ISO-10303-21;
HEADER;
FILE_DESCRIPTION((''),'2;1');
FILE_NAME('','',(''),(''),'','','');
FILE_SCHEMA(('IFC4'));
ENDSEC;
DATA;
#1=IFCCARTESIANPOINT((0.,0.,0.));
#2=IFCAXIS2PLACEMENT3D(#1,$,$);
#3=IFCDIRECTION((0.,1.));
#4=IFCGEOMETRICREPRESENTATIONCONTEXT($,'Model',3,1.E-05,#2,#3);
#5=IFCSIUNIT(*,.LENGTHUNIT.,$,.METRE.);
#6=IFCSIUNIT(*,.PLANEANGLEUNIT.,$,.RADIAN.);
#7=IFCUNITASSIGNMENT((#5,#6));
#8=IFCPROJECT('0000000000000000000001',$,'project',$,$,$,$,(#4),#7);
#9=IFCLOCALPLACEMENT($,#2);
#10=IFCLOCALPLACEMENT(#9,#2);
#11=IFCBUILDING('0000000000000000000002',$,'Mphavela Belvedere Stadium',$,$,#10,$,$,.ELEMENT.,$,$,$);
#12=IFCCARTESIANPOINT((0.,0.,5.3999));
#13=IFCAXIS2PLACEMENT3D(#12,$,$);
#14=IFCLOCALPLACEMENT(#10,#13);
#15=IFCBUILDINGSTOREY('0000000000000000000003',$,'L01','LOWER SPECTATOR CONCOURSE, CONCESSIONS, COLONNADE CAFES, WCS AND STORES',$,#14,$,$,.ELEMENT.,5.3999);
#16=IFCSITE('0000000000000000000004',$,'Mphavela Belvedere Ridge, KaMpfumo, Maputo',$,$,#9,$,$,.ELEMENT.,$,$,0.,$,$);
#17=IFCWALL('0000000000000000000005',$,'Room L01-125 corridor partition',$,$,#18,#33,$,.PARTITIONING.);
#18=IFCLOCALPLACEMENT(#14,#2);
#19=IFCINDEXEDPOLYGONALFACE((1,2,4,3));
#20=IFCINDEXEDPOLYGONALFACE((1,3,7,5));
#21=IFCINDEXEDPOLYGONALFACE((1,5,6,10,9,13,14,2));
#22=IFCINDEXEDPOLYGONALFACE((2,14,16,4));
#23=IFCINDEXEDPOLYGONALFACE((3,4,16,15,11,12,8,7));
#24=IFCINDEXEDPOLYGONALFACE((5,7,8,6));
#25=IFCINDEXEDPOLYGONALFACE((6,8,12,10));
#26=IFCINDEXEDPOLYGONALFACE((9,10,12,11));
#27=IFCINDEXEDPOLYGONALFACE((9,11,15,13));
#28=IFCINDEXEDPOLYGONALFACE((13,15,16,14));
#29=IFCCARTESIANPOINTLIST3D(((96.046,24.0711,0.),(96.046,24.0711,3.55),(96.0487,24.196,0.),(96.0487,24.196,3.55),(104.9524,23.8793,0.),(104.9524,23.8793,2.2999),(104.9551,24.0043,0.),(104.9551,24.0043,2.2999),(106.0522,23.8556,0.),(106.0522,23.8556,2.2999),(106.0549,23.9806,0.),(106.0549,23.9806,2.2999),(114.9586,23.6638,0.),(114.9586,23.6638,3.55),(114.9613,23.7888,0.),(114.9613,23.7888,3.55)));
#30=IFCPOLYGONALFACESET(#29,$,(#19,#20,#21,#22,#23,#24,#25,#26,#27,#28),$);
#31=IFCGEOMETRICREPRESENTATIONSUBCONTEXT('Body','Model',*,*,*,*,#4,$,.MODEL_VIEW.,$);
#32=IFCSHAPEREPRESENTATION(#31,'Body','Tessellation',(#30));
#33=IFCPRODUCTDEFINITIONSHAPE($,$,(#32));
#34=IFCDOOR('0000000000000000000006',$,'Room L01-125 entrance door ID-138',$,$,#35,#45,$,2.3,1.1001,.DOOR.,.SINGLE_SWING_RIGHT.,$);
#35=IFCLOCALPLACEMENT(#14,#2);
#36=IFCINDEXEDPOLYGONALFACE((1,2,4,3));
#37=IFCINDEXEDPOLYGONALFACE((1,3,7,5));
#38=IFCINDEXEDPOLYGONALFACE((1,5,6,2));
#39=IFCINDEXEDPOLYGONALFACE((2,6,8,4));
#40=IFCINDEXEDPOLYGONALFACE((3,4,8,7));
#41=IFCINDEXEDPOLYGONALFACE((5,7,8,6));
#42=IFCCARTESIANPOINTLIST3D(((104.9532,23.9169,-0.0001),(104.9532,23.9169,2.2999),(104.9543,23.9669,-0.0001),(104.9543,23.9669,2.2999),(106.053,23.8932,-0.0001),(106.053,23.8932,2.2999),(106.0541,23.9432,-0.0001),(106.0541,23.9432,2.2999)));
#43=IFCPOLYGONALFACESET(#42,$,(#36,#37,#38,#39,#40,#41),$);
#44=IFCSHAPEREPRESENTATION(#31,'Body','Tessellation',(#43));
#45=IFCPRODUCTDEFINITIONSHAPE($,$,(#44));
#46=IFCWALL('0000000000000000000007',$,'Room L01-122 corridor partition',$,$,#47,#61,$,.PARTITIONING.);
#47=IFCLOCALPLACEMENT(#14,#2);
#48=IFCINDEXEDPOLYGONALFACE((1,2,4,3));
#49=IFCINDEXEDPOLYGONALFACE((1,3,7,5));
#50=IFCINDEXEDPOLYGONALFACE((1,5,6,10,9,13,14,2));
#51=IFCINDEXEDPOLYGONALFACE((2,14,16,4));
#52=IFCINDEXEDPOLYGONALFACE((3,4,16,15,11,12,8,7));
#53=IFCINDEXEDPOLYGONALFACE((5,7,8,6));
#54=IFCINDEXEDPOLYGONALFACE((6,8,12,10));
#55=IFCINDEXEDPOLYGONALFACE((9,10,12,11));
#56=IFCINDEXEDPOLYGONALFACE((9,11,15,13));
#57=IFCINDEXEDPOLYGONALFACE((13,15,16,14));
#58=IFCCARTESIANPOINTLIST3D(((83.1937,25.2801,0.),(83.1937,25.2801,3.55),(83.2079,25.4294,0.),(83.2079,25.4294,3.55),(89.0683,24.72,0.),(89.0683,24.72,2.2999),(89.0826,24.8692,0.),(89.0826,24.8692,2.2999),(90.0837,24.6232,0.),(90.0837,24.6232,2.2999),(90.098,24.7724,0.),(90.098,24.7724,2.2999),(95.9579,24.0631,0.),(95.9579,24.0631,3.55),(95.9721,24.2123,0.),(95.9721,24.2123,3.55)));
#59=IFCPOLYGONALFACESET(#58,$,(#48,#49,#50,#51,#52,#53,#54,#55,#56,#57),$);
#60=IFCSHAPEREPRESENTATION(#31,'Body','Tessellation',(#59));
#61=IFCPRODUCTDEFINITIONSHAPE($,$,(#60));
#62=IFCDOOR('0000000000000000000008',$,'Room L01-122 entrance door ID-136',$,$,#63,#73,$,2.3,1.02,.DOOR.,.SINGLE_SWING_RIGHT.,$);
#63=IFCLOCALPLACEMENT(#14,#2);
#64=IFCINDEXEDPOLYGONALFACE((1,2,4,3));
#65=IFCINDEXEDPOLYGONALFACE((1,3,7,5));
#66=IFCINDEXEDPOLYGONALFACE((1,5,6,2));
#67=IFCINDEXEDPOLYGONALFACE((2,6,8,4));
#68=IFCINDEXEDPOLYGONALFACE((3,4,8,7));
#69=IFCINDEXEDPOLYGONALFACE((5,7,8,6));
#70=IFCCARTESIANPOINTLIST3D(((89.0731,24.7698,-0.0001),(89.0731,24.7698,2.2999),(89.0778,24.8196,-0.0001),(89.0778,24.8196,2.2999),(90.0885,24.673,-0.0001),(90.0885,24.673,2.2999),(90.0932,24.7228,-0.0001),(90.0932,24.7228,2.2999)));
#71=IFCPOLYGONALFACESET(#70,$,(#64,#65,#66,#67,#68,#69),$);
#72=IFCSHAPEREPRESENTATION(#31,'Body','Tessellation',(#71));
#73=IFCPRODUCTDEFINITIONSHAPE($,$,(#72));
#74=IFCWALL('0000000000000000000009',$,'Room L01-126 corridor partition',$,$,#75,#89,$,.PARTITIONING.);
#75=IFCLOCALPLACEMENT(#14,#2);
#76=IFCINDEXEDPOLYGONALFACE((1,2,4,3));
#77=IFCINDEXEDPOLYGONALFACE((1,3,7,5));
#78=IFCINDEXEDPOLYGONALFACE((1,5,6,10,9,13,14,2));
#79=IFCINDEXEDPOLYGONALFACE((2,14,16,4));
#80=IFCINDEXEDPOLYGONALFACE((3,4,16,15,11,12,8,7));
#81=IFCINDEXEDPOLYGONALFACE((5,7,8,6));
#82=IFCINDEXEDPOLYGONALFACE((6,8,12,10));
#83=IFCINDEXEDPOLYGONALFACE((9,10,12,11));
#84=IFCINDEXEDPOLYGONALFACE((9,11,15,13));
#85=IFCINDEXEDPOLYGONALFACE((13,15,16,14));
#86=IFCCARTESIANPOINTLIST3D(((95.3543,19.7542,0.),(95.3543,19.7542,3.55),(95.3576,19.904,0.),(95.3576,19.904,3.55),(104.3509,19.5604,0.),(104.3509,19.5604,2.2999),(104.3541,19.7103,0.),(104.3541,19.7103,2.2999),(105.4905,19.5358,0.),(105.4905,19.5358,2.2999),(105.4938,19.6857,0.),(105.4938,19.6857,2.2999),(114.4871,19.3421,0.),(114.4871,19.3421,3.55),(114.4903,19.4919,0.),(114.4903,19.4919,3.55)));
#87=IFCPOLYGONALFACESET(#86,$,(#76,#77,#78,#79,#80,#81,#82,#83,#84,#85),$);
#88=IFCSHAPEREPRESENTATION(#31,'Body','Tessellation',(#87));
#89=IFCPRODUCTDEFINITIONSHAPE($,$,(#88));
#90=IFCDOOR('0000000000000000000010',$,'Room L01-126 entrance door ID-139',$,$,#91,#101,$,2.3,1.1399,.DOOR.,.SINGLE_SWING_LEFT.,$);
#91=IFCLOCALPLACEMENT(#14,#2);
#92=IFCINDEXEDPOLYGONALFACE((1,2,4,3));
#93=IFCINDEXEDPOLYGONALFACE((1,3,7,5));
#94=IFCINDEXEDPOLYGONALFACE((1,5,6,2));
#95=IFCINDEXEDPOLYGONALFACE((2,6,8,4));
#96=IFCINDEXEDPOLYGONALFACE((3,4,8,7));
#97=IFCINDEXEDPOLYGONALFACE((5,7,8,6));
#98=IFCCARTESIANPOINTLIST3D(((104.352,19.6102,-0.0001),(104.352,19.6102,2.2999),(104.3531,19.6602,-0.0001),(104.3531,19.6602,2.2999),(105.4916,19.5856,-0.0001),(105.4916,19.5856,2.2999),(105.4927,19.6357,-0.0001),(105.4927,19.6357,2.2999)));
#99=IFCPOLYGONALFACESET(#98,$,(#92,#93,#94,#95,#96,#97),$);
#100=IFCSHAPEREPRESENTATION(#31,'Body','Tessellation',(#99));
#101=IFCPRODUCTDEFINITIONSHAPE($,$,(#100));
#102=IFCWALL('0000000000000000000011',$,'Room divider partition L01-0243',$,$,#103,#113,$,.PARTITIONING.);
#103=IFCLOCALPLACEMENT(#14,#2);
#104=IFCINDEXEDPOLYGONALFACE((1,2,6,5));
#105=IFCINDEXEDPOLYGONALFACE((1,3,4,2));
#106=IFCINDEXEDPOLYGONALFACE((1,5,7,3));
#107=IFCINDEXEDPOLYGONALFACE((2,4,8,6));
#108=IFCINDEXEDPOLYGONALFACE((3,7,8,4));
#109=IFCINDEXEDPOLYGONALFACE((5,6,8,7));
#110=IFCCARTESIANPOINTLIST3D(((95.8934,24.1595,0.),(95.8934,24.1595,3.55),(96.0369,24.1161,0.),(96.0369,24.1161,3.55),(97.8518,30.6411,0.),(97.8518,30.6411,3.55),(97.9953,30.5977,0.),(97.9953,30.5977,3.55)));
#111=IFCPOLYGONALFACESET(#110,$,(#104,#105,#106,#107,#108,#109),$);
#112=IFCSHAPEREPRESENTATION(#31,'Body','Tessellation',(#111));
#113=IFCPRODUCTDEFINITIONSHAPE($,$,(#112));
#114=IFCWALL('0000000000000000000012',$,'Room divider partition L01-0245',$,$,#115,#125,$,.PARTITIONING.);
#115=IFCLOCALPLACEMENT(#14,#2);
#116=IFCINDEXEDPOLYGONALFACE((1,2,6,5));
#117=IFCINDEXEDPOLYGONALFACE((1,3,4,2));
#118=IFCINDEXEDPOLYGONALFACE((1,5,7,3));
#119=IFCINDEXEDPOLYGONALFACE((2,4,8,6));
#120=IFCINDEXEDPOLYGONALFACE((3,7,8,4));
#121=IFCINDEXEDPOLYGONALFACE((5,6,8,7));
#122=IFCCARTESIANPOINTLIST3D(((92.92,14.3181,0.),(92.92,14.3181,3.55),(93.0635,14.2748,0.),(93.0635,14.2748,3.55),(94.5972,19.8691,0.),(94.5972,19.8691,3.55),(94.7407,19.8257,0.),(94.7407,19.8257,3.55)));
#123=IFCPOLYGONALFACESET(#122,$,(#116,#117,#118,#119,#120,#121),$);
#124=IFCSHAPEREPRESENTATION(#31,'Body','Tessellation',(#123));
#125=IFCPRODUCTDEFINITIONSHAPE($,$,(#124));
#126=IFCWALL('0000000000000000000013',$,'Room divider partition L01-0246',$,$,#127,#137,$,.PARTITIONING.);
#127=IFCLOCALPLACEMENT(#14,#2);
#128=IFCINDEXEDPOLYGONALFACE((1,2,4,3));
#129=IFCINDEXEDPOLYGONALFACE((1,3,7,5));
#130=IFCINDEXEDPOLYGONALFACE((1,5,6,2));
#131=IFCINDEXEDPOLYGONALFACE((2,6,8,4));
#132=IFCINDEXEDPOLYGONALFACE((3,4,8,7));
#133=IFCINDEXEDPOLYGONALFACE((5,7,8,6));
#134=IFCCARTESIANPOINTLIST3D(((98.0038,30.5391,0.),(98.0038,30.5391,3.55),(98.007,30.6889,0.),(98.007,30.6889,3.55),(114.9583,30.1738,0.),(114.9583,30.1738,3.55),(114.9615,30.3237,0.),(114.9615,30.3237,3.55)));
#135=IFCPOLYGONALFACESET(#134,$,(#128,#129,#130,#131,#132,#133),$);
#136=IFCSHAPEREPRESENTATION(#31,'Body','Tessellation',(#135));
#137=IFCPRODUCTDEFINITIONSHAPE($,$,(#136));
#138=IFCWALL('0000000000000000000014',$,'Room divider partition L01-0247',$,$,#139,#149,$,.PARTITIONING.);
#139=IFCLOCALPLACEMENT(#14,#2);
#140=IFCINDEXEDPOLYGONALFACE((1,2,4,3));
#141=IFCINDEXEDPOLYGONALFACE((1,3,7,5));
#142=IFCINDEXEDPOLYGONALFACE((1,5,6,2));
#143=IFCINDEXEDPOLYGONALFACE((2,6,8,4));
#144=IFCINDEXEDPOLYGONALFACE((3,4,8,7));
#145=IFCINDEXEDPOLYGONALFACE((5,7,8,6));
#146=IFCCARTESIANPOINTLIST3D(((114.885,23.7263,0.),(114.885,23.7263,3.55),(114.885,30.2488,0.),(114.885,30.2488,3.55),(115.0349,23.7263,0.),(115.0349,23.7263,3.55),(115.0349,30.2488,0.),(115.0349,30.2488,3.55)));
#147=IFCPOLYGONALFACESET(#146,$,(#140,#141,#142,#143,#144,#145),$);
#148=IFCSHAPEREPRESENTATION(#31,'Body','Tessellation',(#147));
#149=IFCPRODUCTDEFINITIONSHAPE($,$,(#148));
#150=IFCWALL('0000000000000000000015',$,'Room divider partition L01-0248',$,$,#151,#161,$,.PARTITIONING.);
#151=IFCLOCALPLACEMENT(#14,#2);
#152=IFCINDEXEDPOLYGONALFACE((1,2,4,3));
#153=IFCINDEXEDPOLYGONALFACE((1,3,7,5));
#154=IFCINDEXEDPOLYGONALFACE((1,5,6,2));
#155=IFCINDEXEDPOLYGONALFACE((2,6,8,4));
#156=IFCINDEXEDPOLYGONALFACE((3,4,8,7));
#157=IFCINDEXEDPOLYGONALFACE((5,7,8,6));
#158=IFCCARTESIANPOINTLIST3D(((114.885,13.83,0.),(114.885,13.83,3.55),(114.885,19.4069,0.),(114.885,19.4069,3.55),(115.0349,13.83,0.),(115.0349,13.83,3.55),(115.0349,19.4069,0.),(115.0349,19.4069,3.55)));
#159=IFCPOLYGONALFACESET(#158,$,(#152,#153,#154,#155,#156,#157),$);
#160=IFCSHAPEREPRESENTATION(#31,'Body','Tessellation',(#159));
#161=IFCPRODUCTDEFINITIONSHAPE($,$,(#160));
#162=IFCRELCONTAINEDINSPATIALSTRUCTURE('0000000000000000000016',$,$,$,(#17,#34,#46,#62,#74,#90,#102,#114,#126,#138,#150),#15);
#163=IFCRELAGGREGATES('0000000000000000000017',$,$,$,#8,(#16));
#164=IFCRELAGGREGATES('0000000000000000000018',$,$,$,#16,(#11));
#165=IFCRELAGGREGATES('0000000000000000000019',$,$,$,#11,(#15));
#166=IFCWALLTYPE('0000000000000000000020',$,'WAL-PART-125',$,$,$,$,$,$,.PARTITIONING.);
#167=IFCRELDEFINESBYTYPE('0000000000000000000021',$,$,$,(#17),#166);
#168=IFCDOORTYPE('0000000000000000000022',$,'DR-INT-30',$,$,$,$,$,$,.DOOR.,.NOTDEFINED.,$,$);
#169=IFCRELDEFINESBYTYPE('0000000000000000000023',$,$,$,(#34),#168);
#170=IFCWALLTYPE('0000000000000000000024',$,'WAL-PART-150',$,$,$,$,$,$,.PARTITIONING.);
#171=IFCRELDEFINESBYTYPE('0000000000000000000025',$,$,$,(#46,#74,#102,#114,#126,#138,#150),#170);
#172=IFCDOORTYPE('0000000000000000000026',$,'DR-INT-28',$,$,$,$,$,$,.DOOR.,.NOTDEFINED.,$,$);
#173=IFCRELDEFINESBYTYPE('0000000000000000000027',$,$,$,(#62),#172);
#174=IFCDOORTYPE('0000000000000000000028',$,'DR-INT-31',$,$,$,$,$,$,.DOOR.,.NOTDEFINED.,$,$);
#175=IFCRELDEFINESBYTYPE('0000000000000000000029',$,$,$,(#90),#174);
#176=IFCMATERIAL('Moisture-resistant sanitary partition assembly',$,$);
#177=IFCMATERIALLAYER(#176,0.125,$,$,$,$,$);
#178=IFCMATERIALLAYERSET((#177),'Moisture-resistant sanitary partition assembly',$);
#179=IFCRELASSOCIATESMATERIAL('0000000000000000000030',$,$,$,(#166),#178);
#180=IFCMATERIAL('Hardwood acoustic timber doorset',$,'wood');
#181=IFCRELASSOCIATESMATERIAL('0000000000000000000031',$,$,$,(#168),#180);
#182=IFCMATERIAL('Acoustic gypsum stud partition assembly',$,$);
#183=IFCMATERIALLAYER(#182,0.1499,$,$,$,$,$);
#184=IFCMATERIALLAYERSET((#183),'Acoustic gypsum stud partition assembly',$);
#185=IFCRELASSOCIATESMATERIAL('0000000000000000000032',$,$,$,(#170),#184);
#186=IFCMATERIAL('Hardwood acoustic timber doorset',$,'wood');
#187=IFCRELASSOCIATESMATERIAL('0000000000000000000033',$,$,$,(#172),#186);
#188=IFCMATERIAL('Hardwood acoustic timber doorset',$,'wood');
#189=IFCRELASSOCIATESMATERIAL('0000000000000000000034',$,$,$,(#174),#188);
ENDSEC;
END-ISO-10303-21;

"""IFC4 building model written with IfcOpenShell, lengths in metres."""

from ifc_helpers import new_model, si_unit, direction, frame, frame_2d, origin, place, context, subcontext, project, spatial, rectangle, extrude, material, layer, layer_set, type_object, element, fill, save


model = new_model("IFC4")

# Units and contexts
model_context = context("Model", 3, precision=1e-05, world=origin(), true_north=direction((0.0, 1.0)))
body_context = subcontext(model_context, "Body", "Model", "MODEL_VIEW")
ifc_project = project(units=[si_unit("LENGTHUNIT", "METRE"), si_unit("PLANEANGLEUNIT", "RADIAN")], contexts=[model_context])

# Site, building, storey
site_placement = place(None, origin())
site = spatial("IfcSite", under=ifc_project, at=site_placement, Name="Mphavela Belvedere Ridge, KaMpfumo, Maputo", CompositionType="ELEMENT", RefElevation=0.0)
building_placement = place(site_placement, origin())
building = spatial("IfcBuilding", under=site, at=building_placement, Name="Mphavela Belvedere Stadium", CompositionType="ELEMENT")
storey_placement = place(building_placement, frame((0.0, 0.0, 5.3999)))
storey = spatial("IfcBuildingStorey", under=building, at=storey_placement, Name="L01", Description="LOWER SPECTATOR CONCOURSE, CONCESSIONS, COLONNADE CAFES, WCS AND STORES", CompositionType="ELEMENT", Elevation=5.3999)

# Walls, openings, doors
ifc_material_1 = material(Name="Moisture-resistant sanitary partition assembly")
ifc_layer_1 = layer(ifc_material_1, 0.125)
ifc_layer_set_1 = layer_set([ifc_layer_1], Name="Moisture-resistant sanitary partition assembly")
wall_type_1 = type_object("IfcWallType", Name="WAL-PART-125", PredefinedType="PARTITIONING", material=ifc_layer_set_1)
wall_1_placement = place(storey_placement, frame((114.96, 23.7263, 0.0), z_axis=(0.0, 0.0, 1.0), x_axis=(-0.999768, 0.021527, 0.0)))
wall_1 = element("IfcWall", 1, at=wall_1_placement, inside=storey, type_object=wall_type_1, Name="Room L01-125 corridor partition", PredefinedType="PARTITIONING", context=body_context, shape_type="SweptSolid", body=[
    extrude(rectangle(XDim=18.917, YDim=0.125, at=frame_2d((9.4585, 0.0))), origin(), (0.0, 0.0, 1.0), 3.55),
])
opening_1_placement = place(wall_1_placement, frame((8.9084, 0.0, 0.0)))
opening_1 = element("IfcOpeningElement", 2, at=opening_1_placement, cuts=wall_1, PredefinedType="OPENING", context=body_context, shape_type="SweptSolid", body=[
    extrude(rectangle(XDim=1.1001, YDim=2.3, at=frame_2d((0.55, 1.1499))), frame((0.0, 0.0725, 0.0), z_axis=(0.0, -1.0, 0.0), x_axis=(1.0, 0.0, 0.0)), (0.0, 0.0, 1.0), 0.145),
])
ifc_material_2 = material(Name="Hardwood acoustic timber doorset", Category="wood")
door_type_1 = type_object("IfcDoorType", Name="DR-INT-30", OperationType="NOTDEFINED", PredefinedType="DOOR", material=ifc_material_2)
door_1_placement = place(opening_1_placement, origin())
door_1 = element("IfcDoor", 3, at=door_1_placement, inside=storey, type_object=door_type_1, Name="Room L01-125 entrance door ID-138", OperationType="SINGLE_SWING_RIGHT", OverallHeight=2.3, OverallWidth=1.1001, PredefinedType="DOOR", context=body_context, shape_type="SweptSolid", body=[
    extrude(rectangle(XDim=1.1001, YDim=2.3, at=frame_2d((0.55, 1.1499))), frame((0.0, 0.0249, 0.0), z_axis=(0.0, -1.0, 0.0), x_axis=(1.0, 0.0, 0.0)), (0.0, 0.0, 1.0), 0.05),
])
fill(opening_1, door_1)
ifc_material_3 = material(Name="Acoustic gypsum stud partition assembly")
ifc_layer_2 = layer(ifc_material_3, 0.1499)
ifc_layer_set_2 = layer_set([ifc_layer_2], Name="Acoustic gypsum stud partition assembly")
wall_type_2 = type_object("IfcWallType", Name="WAL-PART-150", PredefinedType="PARTITIONING", material=ifc_layer_set_2)
wall_2_placement = place(storey_placement, frame((95.9651, 24.1377, 0.0), z_axis=(0.0, 0.0, 1.0), x_axis=(-0.995485, 0.094918, 0.0)))
wall_2 = element("IfcWall", 4, at=wall_2_placement, inside=storey, type_object=wall_type_2, Name="Room L01-122 corridor partition", PredefinedType="PARTITIONING", context=body_context, shape_type="SweptSolid", body=[
    extrude(rectangle(XDim=12.822, YDim=0.1499, at=frame_2d((6.4111, 0.0))), origin(), (0.0, 0.0, 1.0), 3.55),
])
opening_2_placement = place(wall_2_placement, frame((5.9009, 0.0, 0.0)))
opening_2 = element("IfcOpeningElement", 5, at=opening_2_placement, cuts=wall_2, PredefinedType="OPENING", context=body_context, shape_type="SweptSolid", body=[
    extrude(rectangle(XDim=1.02, YDim=2.3, at=frame_2d((0.51, 1.1499))), frame((0.0, 0.085, 0.0), z_axis=(0.0, -1.0, 0.0), x_axis=(1.0, 0.0, 0.0)), (0.0, 0.0, 1.0), 0.1699),
])
ifc_material_4 = material(Name="Hardwood acoustic timber doorset", Category="wood")
door_type_2 = type_object("IfcDoorType", Name="DR-INT-28", OperationType="NOTDEFINED", PredefinedType="DOOR", material=ifc_material_4)
door_2_placement = place(opening_2_placement, origin())
door_2 = element("IfcDoor", 6, at=door_2_placement, inside=storey, type_object=door_type_2, Name="Room L01-122 entrance door ID-136", OperationType="SINGLE_SWING_RIGHT", OverallHeight=2.3, OverallWidth=1.02, PredefinedType="DOOR", context=body_context, shape_type="SweptSolid", body=[
    extrude(rectangle(XDim=1.02, YDim=2.3, at=frame_2d((0.51, 1.1499))), frame((0.0, 0.0249, 0.0), z_axis=(0.0, -1.0, 0.0), x_axis=(1.0, 0.0, 0.0)), (0.0, 0.0, 1.0), 0.05),
])
fill(opening_2, door_2)
wall_3_placement = place(storey_placement, frame((95.356, 19.8291, 0.0), z_axis=(0.0, 0.0, 1.0), x_axis=(0.999768, -0.021534, 0.0)))
wall_3 = element("IfcWall", 7, at=wall_3_placement, inside=storey, type_object=wall_type_2, Name="Room L01-126 corridor partition", PredefinedType="PARTITIONING", context=body_context, shape_type="SweptSolid", body=[
    extrude(rectangle(XDim=19.1372, YDim=0.1499, at=frame_2d((9.5686, 0.0))), origin(), (0.0, 0.0, 1.0), 3.55),
])
opening_3_placement = place(wall_3_placement, frame((8.9988, 0.0, 0.0)))
opening_3 = element("IfcOpeningElement", 8, at=opening_3_placement, cuts=wall_3, PredefinedType="OPENING", context=body_context, shape_type="SweptSolid", body=[
    extrude(rectangle(XDim=1.1399, YDim=2.3, at=frame_2d((0.5698, 1.1499))), frame((0.0, 0.085, 0.0), z_axis=(0.0, -1.0, 0.0), x_axis=(1.0, 0.0, 0.0)), (0.0, 0.0, 1.0), 0.1699),
])
ifc_material_5 = material(Name="Hardwood acoustic timber doorset", Category="wood")
door_type_3 = type_object("IfcDoorType", Name="DR-INT-31", OperationType="NOTDEFINED", PredefinedType="DOOR", material=ifc_material_5)
door_3_placement = place(opening_3_placement, origin())
door_3 = element("IfcDoor", 9, at=door_3_placement, inside=storey, type_object=door_type_3, Name="Room L01-126 entrance door ID-139", OperationType="SINGLE_SWING_LEFT", OverallHeight=2.3, OverallWidth=1.1399, PredefinedType="DOOR", context=body_context, shape_type="SweptSolid", body=[
    extrude(rectangle(XDim=1.1399, YDim=2.3, at=frame_2d((0.5698, 1.1499))), frame((0.0, 0.0249, 0.0), z_axis=(0.0, -1.0, 0.0), x_axis=(1.0, 0.0, 0.0)), (0.0, 0.0, 1.0), 0.05),
])
fill(opening_3, door_3)

# Walls
wall_4_placement = place(storey_placement, frame((97.9236, 30.6194, 0.0), z_axis=(0.0, 0.0, 1.0), x_axis=(-0.289243, -0.957256, 0.0)))
element("IfcWall", 10, at=wall_4_placement, inside=storey, type_object=wall_type_2, Name="Room divider partition L01-0243", PredefinedType="PARTITIONING", context=body_context, shape_type="SweptSolid", body=[
    extrude(rectangle(XDim=6.771, YDim=0.1499, at=frame_2d((3.3855, 0.0))), origin(), (0.0, 0.0, 1.0), 3.55),
])
wall_5_placement = place(storey_placement, frame((94.6689, 19.8474, 0.0), z_axis=(0.0, 0.0, 1.0), x_axis=(-0.289236, -0.957258, 0.0)))
element("IfcWall", 11, at=wall_5_placement, inside=storey, type_object=wall_type_2, Name="Room divider partition L01-0245", PredefinedType="PARTITIONING", context=body_context, shape_type="SweptSolid", body=[
    extrude(rectangle(XDim=5.7988, YDim=0.1499, at=frame_2d((2.8994, 0.0))), origin(), (0.0, 0.0, 1.0), 3.55),
])
wall_6_placement = place(storey_placement, frame((98.0054, 30.614, 0.0), z_axis=(0.0, 0.0, 1.0), x_axis=(0.999768, -0.021537, 0.0)))
element("IfcWall", 12, at=wall_6_placement, inside=storey, type_object=wall_type_2, Name="Room divider partition L01-0246", PredefinedType="PARTITIONING", context=body_context, shape_type="SweptSolid", body=[
    extrude(rectangle(XDim=16.9585, YDim=0.1499, at=frame_2d((8.4792, 0.0))), origin(), (0.0, 0.0, 1.0), 3.55),
])
wall_7_placement = place(storey_placement, frame((114.96, 30.2488, 0.0), z_axis=(0.0, 0.0, 1.0), x_axis=(0.0, -1.0, 0.0)))
element("IfcWall", 13, at=wall_7_placement, inside=storey, type_object=wall_type_2, Name="Room divider partition L01-0247", PredefinedType="PARTITIONING", context=body_context, shape_type="SweptSolid", body=[
    extrude(rectangle(XDim=6.5225, YDim=0.1499, at=frame_2d((3.2612, 0.0))), origin(), (0.0, 0.0, 1.0), 3.55),
])
wall_8_placement = place(storey_placement, frame((114.96, 19.407, 0.0), z_axis=(0.0, 0.0, 1.0), x_axis=(0.0, -1.0, 0.0)))
element("IfcWall", 14, at=wall_8_placement, inside=storey, type_object=wall_type_2, Name="Room divider partition L01-0248", PredefinedType="PARTITIONING", context=body_context, shape_type="SweptSolid", body=[
    extrude(rectangle(XDim=5.5769, YDim=0.1499, at=frame_2d((2.7886, 0.0))), origin(), (0.0, 0.0, 1.0), 3.55),
])

save(model, "model.ifc")
